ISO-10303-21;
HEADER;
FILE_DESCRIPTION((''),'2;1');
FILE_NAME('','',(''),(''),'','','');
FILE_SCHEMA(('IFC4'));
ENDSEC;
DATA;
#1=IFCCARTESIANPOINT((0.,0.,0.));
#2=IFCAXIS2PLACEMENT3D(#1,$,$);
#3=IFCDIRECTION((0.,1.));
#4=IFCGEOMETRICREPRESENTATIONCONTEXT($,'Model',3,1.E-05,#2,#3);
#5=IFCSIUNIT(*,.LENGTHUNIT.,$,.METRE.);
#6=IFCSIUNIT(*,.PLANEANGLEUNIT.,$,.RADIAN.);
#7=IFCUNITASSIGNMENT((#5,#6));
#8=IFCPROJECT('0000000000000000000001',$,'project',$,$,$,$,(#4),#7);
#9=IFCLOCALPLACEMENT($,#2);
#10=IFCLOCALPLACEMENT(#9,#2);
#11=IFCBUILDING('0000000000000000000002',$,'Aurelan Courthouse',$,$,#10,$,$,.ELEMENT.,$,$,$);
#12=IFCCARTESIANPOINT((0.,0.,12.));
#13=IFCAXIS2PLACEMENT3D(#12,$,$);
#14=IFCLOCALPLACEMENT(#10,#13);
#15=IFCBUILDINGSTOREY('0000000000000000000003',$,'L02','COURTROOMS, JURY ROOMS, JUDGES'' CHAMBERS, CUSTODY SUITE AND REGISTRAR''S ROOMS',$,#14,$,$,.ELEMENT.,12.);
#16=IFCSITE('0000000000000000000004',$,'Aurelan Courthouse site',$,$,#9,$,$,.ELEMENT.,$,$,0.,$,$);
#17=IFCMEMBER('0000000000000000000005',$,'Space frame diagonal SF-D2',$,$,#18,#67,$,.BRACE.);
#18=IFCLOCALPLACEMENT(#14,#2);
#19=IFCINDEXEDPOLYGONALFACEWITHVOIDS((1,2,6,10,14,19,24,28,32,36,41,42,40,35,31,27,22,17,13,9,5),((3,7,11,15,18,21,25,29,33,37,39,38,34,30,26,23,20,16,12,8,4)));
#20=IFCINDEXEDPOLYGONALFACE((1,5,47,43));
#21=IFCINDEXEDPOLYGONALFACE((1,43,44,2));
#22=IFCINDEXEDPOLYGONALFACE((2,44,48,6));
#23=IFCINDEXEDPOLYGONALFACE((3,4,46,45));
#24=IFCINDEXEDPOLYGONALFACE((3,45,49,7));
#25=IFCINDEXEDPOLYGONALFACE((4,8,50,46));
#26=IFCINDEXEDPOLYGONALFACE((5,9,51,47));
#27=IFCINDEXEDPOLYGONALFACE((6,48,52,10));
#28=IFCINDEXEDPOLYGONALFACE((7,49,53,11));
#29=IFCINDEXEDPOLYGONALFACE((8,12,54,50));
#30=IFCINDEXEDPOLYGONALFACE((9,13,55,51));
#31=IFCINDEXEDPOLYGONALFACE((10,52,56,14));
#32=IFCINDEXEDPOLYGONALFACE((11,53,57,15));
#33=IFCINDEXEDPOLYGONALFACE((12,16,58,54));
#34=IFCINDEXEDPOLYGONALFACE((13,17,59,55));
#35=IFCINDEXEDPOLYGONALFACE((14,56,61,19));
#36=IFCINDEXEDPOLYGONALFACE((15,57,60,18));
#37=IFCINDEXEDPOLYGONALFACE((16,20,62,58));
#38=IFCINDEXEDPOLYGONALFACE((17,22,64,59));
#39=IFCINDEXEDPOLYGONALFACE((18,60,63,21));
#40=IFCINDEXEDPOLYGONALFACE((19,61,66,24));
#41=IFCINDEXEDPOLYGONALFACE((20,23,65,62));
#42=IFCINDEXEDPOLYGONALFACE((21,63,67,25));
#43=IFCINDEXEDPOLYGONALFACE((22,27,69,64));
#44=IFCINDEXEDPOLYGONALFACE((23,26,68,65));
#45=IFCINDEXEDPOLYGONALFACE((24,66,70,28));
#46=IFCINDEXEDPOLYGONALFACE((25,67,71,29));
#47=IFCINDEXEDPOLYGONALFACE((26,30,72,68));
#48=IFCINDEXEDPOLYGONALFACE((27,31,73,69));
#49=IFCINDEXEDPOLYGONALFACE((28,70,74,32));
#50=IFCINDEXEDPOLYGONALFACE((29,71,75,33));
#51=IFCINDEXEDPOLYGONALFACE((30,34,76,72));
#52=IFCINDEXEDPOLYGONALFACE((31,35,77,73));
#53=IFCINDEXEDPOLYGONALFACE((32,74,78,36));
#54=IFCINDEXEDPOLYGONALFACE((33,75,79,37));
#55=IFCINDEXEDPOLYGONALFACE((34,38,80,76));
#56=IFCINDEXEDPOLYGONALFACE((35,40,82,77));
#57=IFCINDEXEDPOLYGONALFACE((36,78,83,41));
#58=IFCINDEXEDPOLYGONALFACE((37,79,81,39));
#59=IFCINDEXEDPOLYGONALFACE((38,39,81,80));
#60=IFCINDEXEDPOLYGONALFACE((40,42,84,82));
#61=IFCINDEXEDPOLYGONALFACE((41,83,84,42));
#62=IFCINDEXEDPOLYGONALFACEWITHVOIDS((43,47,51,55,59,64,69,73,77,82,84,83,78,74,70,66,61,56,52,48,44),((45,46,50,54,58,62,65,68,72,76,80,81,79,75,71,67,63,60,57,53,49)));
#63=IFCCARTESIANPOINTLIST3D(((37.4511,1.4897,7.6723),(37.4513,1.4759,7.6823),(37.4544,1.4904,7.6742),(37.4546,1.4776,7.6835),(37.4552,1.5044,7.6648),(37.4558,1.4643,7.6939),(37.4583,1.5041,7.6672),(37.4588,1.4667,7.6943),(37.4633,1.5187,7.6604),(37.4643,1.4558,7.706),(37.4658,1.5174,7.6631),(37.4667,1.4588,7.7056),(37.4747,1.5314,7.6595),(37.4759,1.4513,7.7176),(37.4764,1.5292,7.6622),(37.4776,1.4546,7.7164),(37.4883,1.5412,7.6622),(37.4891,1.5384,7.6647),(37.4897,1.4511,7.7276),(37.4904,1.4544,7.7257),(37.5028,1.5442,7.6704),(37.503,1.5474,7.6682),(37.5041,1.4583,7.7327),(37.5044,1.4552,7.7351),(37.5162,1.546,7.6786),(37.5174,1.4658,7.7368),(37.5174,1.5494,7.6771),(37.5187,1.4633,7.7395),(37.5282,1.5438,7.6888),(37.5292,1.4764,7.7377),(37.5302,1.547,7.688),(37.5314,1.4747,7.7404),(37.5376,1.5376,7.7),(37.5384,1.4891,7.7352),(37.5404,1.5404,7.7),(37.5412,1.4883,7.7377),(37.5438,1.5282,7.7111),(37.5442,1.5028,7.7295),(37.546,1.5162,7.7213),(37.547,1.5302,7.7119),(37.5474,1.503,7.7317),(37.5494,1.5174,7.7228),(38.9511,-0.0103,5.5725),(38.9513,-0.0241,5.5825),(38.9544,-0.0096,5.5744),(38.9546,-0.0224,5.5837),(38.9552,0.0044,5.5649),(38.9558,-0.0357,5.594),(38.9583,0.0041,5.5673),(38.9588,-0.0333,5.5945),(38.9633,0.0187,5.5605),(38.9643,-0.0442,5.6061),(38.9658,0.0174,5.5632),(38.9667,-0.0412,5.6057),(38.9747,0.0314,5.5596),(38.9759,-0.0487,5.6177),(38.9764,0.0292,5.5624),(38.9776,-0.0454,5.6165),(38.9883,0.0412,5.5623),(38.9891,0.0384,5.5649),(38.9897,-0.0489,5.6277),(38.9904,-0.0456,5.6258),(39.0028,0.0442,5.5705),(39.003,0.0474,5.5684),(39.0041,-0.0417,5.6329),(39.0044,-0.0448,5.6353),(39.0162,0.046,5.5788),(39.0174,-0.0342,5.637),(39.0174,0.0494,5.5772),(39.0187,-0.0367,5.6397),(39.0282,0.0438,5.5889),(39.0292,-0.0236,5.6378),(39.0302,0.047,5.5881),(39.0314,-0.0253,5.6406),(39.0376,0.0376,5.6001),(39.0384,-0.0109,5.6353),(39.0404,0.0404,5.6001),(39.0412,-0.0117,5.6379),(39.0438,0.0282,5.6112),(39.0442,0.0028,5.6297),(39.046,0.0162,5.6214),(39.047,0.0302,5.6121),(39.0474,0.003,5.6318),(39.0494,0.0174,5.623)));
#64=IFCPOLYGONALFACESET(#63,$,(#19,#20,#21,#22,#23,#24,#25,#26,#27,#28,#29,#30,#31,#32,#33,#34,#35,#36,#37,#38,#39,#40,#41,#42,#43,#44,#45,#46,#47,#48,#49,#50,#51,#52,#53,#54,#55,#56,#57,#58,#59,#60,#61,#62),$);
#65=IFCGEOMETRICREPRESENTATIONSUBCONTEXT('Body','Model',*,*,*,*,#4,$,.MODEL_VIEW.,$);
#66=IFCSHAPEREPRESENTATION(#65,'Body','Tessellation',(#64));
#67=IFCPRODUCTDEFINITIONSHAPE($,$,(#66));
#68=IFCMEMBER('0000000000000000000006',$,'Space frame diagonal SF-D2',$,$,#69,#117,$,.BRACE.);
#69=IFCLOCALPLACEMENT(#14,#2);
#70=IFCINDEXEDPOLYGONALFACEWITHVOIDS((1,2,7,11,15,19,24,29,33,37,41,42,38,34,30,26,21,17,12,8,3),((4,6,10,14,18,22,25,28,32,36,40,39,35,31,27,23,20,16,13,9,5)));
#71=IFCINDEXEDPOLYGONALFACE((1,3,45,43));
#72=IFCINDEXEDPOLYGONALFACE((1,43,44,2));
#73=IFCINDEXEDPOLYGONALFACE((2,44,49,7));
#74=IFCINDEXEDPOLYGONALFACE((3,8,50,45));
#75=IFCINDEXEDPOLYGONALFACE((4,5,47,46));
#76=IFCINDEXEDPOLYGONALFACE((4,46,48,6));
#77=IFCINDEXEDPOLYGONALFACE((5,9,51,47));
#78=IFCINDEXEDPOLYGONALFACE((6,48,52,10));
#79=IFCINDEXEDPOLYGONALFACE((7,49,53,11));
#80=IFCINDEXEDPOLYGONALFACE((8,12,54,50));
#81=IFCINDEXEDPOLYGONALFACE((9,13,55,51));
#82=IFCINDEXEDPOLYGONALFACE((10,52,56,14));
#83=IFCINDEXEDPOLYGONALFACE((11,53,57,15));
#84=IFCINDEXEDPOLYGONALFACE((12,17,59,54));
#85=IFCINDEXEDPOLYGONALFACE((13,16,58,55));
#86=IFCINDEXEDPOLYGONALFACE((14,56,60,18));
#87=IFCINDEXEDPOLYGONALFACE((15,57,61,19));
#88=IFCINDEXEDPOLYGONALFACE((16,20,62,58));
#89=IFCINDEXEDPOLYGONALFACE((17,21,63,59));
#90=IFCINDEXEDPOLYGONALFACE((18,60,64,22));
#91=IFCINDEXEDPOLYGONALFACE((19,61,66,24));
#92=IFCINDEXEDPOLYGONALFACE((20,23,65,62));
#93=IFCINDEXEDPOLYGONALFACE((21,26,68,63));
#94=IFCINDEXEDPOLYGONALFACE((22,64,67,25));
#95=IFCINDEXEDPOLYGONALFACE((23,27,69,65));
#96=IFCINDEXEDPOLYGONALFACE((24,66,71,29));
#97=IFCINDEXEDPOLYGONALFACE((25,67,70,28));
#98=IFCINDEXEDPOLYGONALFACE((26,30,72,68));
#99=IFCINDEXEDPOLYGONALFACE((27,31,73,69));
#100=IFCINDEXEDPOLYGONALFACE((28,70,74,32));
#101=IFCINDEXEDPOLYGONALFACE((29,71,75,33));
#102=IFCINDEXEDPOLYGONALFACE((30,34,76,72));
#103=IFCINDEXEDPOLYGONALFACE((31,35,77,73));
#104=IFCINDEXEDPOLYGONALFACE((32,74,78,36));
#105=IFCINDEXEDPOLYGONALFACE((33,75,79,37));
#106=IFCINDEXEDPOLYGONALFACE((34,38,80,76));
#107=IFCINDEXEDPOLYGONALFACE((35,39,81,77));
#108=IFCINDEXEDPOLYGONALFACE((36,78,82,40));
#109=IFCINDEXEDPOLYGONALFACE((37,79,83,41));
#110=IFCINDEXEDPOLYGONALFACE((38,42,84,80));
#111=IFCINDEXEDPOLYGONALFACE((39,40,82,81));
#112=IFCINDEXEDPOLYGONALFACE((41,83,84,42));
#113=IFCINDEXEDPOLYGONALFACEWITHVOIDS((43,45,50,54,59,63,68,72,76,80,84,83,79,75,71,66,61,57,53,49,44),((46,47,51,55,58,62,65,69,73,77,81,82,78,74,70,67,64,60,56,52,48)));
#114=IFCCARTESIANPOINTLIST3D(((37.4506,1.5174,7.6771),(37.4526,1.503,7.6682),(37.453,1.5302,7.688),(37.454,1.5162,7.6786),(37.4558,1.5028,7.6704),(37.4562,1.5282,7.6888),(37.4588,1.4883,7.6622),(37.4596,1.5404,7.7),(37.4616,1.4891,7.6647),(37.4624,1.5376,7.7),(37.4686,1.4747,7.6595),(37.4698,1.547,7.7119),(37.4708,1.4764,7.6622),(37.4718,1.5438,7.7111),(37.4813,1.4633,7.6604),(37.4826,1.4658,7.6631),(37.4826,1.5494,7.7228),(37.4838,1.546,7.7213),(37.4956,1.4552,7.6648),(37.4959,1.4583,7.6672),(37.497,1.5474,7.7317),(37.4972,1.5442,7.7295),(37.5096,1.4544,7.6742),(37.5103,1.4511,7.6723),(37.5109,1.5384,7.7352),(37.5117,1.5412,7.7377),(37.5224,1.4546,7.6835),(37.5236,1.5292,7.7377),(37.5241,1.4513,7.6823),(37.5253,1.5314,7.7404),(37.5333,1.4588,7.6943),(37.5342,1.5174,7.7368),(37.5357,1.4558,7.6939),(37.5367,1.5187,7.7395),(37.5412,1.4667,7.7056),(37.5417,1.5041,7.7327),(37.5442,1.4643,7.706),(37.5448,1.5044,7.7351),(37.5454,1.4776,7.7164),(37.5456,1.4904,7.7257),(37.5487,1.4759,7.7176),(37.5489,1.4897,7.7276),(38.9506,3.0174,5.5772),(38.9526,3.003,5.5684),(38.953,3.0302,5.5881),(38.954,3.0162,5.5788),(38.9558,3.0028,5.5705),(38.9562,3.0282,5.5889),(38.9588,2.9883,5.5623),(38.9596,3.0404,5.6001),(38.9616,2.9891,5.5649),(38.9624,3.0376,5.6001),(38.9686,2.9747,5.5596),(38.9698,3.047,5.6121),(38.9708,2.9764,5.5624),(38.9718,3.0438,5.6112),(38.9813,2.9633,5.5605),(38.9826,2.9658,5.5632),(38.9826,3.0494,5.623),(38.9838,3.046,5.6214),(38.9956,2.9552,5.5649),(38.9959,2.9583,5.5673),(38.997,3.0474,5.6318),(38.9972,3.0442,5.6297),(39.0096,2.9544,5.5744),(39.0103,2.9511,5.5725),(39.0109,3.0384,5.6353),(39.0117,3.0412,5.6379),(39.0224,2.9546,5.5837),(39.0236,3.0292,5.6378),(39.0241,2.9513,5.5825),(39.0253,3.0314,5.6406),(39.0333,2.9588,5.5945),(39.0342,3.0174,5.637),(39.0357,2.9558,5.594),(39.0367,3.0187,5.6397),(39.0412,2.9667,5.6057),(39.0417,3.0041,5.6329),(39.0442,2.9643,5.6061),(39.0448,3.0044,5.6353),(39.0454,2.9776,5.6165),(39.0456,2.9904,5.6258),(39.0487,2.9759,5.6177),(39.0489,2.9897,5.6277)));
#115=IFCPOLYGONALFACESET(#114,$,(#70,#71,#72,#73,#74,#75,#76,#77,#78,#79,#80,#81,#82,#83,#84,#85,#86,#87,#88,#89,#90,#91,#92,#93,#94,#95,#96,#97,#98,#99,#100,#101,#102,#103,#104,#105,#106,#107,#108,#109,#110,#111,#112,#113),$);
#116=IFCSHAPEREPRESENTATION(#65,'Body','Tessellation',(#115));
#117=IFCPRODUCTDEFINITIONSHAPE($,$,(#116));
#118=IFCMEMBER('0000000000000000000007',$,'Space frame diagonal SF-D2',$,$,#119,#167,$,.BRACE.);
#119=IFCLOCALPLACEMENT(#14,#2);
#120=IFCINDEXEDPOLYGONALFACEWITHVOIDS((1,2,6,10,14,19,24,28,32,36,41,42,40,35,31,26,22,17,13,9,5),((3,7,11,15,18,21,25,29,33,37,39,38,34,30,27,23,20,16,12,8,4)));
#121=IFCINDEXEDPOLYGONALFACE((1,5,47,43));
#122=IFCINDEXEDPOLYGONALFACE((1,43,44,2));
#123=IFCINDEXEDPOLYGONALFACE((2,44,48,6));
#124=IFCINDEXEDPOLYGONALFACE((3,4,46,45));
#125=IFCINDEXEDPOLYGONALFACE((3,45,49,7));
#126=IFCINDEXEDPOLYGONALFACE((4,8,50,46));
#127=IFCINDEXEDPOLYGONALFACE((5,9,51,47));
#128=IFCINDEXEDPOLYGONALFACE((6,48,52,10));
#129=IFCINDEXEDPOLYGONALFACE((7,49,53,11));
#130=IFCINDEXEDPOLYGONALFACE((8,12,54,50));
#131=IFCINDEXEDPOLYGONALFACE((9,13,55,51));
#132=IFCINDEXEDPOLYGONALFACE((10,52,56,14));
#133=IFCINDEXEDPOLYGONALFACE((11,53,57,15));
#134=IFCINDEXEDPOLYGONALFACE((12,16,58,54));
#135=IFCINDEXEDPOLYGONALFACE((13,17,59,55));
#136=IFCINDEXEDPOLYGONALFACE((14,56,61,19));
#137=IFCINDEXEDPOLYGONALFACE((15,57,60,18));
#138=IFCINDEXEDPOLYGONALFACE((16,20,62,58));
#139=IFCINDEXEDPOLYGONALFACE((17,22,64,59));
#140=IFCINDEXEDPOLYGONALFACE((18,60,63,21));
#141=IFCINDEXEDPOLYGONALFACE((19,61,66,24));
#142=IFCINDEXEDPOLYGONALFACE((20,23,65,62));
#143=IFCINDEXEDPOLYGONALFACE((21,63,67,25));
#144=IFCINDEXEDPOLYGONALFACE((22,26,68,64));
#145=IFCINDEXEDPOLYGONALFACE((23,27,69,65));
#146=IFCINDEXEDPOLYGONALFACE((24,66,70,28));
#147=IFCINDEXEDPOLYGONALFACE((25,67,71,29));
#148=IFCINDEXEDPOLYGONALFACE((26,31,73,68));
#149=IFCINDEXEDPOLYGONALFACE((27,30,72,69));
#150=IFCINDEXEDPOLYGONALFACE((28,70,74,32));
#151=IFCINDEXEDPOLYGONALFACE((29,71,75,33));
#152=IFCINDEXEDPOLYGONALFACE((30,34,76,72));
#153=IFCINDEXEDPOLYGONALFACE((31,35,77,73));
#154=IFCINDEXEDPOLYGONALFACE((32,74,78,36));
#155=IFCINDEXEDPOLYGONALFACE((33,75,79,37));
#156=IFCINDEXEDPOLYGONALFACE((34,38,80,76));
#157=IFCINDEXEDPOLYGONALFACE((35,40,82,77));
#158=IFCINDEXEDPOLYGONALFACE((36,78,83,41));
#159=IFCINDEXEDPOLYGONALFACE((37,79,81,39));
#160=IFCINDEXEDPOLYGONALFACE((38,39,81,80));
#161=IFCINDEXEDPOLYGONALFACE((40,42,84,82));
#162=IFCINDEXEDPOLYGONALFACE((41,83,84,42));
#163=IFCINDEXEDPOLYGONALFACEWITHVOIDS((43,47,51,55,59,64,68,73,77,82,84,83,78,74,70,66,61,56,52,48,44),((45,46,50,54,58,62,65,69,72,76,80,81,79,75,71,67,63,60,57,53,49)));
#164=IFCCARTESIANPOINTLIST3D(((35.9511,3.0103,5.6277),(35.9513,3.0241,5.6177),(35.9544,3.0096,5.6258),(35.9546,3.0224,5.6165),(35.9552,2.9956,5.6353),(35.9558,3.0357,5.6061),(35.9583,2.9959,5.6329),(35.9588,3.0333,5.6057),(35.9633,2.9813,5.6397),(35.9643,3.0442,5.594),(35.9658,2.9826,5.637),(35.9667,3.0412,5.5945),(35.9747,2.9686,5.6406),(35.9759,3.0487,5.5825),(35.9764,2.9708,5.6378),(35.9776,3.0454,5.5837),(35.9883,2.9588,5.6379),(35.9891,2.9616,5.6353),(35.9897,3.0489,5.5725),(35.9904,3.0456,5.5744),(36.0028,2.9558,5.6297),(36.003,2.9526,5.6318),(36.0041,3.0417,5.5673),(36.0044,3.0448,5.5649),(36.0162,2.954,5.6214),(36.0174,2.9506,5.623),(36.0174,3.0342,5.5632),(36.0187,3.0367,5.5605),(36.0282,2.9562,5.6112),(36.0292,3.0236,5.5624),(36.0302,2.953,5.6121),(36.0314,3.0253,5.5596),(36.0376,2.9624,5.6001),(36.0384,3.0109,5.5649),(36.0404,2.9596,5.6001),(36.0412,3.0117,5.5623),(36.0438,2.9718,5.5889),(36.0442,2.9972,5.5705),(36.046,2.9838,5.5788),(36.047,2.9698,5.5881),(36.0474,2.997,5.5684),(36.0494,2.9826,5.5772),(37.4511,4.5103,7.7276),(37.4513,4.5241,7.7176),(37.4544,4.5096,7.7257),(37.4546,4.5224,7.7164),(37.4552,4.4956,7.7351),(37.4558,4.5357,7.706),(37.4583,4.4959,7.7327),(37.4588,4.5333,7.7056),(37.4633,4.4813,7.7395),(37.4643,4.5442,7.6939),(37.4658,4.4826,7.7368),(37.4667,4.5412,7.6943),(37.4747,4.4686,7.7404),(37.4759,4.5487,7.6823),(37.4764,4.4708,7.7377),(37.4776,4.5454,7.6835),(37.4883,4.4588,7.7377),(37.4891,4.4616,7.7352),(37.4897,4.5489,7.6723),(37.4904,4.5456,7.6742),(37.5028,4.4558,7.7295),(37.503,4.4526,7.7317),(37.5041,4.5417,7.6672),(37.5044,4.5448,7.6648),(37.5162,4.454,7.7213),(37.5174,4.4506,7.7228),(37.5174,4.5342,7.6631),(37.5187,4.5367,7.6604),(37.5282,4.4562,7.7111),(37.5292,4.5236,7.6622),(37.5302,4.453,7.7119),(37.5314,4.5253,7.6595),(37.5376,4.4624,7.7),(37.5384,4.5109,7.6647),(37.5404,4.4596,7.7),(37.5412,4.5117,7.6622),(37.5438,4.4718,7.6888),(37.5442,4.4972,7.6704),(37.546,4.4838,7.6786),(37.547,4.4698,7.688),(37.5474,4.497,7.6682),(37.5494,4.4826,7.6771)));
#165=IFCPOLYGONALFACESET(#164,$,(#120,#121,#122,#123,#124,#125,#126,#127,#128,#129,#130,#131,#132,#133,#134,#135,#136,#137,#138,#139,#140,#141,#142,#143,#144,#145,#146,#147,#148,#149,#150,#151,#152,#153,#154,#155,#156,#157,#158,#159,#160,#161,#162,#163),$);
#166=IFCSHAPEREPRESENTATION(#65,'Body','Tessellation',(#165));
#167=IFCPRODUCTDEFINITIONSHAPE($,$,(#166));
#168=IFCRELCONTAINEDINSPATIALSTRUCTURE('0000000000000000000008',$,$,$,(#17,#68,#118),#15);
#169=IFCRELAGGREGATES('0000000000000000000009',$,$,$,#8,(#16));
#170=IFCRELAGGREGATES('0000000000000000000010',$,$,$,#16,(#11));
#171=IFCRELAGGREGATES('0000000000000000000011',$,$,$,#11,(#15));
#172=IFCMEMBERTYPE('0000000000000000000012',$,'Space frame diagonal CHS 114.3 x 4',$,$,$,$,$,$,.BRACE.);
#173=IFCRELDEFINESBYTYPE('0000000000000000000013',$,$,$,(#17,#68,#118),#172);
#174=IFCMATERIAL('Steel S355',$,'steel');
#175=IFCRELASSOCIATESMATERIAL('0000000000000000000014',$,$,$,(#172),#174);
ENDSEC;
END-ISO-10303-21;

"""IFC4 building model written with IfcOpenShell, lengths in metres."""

from ifc_helpers import new_model, si_unit, direction, frame, origin, origin_2d, place, context, subcontext, project, spatial, hollow_circle, extrude, material, material_profile, profile_set, type_object, element, save


model = new_model("IFC4")

# Units and contexts
model_context = context("Model", 3, precision=1e-05, world=origin(), true_north=direction((0.0, 1.0)))
body_context = subcontext(model_context, "Body", "Model", "MODEL_VIEW")
ifc_project = project(units=[si_unit("LENGTHUNIT", "METRE"), si_unit("PLANEANGLEUNIT", "RADIAN")], contexts=[model_context])

# Site, building, storey
site_placement = place(None, origin())
site = spatial("IfcSite", under=ifc_project, at=site_placement, Name="Aurelan Courthouse site", CompositionType="ELEMENT", RefElevation=0.0)
building_placement = place(site_placement, origin())
building = spatial("IfcBuilding", under=site, at=building_placement, Name="Aurelan Courthouse", CompositionType="ELEMENT")
storey_placement = place(building_placement, frame((0.0, 0.0, 12.0)))
storey = spatial("IfcBuildingStorey", under=building, at=storey_placement, Name="L02", Description="COURTROOMS, JURY ROOMS, JUDGES' CHAMBERS, CUSTODY SUITE AND REGISTRAR'S ROOMS", CompositionType="ELEMENT", Elevation=12.0)

# Shared definitions
ifc_material_1 = material(Name="Steel S355", Category="steel")

# Members
ifc_material_profile_1 = material_profile(ifc_material_1, hollow_circle(Radius=0.0571, WallThickness=0.0039, at=origin_2d()), Name="CHS 114.3 x 4")
ifc_profile_set_1 = profile_set([ifc_material_profile_1], Name="Steel S355")
member_type_1 = type_object("IfcMemberType", Name="Space frame diagonal CHS 114.3 x 4", PredefinedType="BRACE", material=ifc_profile_set_1)
for number, where, z_axis, x_axis, name in (
    (1, (37.5, 1.5, 7.7), (0.502536, -0.502536, -0.703502), (0.707107, 0.707107, 0.0), "Space frame diagonal SF-D2"),
    (2, (37.5, 1.5, 7.7), (0.502536, 0.502536, -0.703502), (-0.707107, 0.707107, 0.0), "Space frame diagonal SF-D2"),
    (3, (37.5, 4.5, 7.7), (-0.502536, -0.502536, -0.703502), (0.707107, -0.707107, 0.0), "Space frame diagonal SF-D2"),
):
    element("IfcMember", number, at=place(storey_placement, frame(where, z_axis=z_axis, x_axis=x_axis)), inside=storey, type_object=member_type_1, Name=name, PredefinedType="BRACE", context=body_context, shape_type="SweptSolid", body=[
        extrude(hollow_circle(Radius=0.0571, WallThickness=0.0039, at=origin_2d()), origin(), (0.0, 0.0, 1.0), 2.9849),
    ])

save(model, "model.ifc")
